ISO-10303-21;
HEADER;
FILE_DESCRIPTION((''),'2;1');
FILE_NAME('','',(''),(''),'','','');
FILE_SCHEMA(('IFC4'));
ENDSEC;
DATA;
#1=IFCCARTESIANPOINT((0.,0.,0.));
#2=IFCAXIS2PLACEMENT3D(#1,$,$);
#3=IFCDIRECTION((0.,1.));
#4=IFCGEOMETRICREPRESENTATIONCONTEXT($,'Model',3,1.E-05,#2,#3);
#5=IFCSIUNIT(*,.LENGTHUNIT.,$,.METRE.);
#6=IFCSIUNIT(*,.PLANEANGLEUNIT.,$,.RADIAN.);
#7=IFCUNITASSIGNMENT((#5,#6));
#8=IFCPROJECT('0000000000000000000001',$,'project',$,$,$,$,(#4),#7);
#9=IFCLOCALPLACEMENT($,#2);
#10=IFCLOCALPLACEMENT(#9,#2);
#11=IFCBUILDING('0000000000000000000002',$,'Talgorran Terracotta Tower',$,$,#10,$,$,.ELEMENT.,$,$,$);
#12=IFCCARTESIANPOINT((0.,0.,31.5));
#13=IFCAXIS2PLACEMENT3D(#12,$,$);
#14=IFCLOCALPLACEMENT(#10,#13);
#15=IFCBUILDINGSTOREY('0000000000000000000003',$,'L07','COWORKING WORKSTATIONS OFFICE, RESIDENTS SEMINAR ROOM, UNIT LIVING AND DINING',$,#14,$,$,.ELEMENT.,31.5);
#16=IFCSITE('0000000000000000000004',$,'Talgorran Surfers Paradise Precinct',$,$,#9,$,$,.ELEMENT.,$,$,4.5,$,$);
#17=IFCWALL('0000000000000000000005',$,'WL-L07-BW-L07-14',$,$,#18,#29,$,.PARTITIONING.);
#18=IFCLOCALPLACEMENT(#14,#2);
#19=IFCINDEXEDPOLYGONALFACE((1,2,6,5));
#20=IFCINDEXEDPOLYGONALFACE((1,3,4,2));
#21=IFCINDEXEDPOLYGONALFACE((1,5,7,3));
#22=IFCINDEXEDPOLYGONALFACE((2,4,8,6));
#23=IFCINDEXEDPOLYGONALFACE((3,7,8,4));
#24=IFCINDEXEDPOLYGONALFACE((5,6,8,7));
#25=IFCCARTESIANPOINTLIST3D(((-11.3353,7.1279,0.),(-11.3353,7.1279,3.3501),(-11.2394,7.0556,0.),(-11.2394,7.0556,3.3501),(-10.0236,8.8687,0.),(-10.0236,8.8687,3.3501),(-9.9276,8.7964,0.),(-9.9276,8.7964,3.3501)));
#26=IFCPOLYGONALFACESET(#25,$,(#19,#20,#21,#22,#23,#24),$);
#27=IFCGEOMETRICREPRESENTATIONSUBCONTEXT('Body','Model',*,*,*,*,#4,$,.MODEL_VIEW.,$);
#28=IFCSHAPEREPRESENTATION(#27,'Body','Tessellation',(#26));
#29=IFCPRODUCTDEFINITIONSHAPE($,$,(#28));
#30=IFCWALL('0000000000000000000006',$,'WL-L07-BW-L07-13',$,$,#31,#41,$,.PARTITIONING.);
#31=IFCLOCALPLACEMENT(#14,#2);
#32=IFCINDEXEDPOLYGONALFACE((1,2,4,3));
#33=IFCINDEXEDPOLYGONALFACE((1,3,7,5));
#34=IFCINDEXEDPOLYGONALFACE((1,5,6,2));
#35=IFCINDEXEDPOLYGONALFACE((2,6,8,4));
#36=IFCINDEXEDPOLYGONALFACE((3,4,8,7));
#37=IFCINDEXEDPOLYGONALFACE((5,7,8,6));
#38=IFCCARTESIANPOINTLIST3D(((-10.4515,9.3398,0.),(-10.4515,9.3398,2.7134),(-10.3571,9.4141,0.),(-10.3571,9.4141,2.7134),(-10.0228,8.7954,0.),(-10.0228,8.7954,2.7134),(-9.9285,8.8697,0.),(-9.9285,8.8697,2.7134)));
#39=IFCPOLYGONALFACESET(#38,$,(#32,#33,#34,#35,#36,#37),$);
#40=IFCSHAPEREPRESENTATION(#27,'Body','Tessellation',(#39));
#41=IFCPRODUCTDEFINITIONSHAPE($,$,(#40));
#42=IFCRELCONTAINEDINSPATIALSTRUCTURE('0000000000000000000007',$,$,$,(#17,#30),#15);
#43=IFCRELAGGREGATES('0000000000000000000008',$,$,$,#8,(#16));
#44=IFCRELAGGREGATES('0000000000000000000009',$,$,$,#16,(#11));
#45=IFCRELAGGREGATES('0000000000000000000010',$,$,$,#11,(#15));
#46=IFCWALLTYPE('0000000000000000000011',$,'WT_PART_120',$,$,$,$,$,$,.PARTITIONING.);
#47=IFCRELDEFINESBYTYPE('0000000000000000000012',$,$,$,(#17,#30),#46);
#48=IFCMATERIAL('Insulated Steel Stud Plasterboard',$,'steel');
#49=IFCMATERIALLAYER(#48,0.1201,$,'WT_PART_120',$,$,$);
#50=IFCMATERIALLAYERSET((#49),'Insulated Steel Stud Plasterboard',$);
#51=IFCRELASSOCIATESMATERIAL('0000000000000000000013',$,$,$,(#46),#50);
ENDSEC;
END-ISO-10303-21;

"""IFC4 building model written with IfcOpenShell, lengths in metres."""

from ifc_helpers import new_model, si_unit, direction, frame, frame_2d, origin, place, context, subcontext, project, spatial, rectangle, extrude, material, layer, layer_set, type_object, element, save


model = new_model("IFC4")

# Units and contexts
model_context = context("Model", 3, precision=1e-05, world=origin(), true_north=direction((0.0, 1.0)))
body_context = subcontext(model_context, "Body", "Model", "MODEL_VIEW")
ifc_project = project(units=[si_unit("LENGTHUNIT", "METRE"), si_unit("PLANEANGLEUNIT", "RADIAN")], contexts=[model_context])

# Site, building, storey
site_placement = place(None, origin())
site = spatial("IfcSite", under=ifc_project, at=site_placement, Name="Talgorran Surfers Paradise Precinct", CompositionType="ELEMENT", RefElevation=4.5)
building_placement = place(site_placement, origin())
building = spatial("IfcBuilding", under=site, at=building_placement, Name="Talgorran Terracotta Tower", CompositionType="ELEMENT")
storey_placement = place(building_placement, frame((0.0, 0.0, 31.5)))
storey = spatial("IfcBuildingStorey", under=building, at=storey_placement, Name="L07", Description="COWORKING WORKSTATIONS OFFICE, RESIDENTS SEMINAR ROOM, UNIT LIVING AND DINING", CompositionType="ELEMENT", Elevation=31.5)

# Walls
ifc_material_1 = material(Name="Insulated Steel Stud Plasterboard", Category="steel")
ifc_layer_1 = layer(ifc_material_1, 0.1201, Name="WT_PART_120")
ifc_layer_set_1 = layer_set([ifc_layer_1], Name="Insulated Steel Stud Plasterboard")
wall_type = type_object("IfcWallType", Name="WT_PART_120", PredefinedType="PARTITIONING", material=ifc_layer_set_1)
wall_1_placement = place(storey_placement, frame((-9.9756, 8.8325, 0.0), z_axis=(0.0, 0.0, 1.0), x_axis=(-0.601826, -0.798627, 0.0)))
element("IfcWall", 1, at=wall_1_placement, inside=storey, type_object=wall_type, Name="WL-L07-BW-L07-14", PredefinedType="PARTITIONING", context=body_context, shape_type="SweptSolid", body=[
    extrude(rectangle(XDim=2.1797, YDim=0.1201, at=frame_2d((1.0898, 0.0))), origin(), (0.0, 0.0, 1.0), 3.3501),
])
wall_2_placement = place(storey_placement, frame((-10.4043, 9.377, 0.0), z_axis=(0.0, 0.0, 1.0), x_axis=(0.618661, -0.785658, 0.0)))
element("IfcWall", 2, at=wall_2_placement, inside=storey, type_object=wall_type, Name="WL-L07-BW-L07-13", PredefinedType="PARTITIONING", context=body_context, shape_type="SweptSolid", body=[
    extrude(rectangle(XDim=0.6929, YDim=0.1201, at=frame_2d((0.3464, 0.0))), origin(), (0.0, 0.0, 1.0), 2.7134),
])

save(model, "model.ifc")
